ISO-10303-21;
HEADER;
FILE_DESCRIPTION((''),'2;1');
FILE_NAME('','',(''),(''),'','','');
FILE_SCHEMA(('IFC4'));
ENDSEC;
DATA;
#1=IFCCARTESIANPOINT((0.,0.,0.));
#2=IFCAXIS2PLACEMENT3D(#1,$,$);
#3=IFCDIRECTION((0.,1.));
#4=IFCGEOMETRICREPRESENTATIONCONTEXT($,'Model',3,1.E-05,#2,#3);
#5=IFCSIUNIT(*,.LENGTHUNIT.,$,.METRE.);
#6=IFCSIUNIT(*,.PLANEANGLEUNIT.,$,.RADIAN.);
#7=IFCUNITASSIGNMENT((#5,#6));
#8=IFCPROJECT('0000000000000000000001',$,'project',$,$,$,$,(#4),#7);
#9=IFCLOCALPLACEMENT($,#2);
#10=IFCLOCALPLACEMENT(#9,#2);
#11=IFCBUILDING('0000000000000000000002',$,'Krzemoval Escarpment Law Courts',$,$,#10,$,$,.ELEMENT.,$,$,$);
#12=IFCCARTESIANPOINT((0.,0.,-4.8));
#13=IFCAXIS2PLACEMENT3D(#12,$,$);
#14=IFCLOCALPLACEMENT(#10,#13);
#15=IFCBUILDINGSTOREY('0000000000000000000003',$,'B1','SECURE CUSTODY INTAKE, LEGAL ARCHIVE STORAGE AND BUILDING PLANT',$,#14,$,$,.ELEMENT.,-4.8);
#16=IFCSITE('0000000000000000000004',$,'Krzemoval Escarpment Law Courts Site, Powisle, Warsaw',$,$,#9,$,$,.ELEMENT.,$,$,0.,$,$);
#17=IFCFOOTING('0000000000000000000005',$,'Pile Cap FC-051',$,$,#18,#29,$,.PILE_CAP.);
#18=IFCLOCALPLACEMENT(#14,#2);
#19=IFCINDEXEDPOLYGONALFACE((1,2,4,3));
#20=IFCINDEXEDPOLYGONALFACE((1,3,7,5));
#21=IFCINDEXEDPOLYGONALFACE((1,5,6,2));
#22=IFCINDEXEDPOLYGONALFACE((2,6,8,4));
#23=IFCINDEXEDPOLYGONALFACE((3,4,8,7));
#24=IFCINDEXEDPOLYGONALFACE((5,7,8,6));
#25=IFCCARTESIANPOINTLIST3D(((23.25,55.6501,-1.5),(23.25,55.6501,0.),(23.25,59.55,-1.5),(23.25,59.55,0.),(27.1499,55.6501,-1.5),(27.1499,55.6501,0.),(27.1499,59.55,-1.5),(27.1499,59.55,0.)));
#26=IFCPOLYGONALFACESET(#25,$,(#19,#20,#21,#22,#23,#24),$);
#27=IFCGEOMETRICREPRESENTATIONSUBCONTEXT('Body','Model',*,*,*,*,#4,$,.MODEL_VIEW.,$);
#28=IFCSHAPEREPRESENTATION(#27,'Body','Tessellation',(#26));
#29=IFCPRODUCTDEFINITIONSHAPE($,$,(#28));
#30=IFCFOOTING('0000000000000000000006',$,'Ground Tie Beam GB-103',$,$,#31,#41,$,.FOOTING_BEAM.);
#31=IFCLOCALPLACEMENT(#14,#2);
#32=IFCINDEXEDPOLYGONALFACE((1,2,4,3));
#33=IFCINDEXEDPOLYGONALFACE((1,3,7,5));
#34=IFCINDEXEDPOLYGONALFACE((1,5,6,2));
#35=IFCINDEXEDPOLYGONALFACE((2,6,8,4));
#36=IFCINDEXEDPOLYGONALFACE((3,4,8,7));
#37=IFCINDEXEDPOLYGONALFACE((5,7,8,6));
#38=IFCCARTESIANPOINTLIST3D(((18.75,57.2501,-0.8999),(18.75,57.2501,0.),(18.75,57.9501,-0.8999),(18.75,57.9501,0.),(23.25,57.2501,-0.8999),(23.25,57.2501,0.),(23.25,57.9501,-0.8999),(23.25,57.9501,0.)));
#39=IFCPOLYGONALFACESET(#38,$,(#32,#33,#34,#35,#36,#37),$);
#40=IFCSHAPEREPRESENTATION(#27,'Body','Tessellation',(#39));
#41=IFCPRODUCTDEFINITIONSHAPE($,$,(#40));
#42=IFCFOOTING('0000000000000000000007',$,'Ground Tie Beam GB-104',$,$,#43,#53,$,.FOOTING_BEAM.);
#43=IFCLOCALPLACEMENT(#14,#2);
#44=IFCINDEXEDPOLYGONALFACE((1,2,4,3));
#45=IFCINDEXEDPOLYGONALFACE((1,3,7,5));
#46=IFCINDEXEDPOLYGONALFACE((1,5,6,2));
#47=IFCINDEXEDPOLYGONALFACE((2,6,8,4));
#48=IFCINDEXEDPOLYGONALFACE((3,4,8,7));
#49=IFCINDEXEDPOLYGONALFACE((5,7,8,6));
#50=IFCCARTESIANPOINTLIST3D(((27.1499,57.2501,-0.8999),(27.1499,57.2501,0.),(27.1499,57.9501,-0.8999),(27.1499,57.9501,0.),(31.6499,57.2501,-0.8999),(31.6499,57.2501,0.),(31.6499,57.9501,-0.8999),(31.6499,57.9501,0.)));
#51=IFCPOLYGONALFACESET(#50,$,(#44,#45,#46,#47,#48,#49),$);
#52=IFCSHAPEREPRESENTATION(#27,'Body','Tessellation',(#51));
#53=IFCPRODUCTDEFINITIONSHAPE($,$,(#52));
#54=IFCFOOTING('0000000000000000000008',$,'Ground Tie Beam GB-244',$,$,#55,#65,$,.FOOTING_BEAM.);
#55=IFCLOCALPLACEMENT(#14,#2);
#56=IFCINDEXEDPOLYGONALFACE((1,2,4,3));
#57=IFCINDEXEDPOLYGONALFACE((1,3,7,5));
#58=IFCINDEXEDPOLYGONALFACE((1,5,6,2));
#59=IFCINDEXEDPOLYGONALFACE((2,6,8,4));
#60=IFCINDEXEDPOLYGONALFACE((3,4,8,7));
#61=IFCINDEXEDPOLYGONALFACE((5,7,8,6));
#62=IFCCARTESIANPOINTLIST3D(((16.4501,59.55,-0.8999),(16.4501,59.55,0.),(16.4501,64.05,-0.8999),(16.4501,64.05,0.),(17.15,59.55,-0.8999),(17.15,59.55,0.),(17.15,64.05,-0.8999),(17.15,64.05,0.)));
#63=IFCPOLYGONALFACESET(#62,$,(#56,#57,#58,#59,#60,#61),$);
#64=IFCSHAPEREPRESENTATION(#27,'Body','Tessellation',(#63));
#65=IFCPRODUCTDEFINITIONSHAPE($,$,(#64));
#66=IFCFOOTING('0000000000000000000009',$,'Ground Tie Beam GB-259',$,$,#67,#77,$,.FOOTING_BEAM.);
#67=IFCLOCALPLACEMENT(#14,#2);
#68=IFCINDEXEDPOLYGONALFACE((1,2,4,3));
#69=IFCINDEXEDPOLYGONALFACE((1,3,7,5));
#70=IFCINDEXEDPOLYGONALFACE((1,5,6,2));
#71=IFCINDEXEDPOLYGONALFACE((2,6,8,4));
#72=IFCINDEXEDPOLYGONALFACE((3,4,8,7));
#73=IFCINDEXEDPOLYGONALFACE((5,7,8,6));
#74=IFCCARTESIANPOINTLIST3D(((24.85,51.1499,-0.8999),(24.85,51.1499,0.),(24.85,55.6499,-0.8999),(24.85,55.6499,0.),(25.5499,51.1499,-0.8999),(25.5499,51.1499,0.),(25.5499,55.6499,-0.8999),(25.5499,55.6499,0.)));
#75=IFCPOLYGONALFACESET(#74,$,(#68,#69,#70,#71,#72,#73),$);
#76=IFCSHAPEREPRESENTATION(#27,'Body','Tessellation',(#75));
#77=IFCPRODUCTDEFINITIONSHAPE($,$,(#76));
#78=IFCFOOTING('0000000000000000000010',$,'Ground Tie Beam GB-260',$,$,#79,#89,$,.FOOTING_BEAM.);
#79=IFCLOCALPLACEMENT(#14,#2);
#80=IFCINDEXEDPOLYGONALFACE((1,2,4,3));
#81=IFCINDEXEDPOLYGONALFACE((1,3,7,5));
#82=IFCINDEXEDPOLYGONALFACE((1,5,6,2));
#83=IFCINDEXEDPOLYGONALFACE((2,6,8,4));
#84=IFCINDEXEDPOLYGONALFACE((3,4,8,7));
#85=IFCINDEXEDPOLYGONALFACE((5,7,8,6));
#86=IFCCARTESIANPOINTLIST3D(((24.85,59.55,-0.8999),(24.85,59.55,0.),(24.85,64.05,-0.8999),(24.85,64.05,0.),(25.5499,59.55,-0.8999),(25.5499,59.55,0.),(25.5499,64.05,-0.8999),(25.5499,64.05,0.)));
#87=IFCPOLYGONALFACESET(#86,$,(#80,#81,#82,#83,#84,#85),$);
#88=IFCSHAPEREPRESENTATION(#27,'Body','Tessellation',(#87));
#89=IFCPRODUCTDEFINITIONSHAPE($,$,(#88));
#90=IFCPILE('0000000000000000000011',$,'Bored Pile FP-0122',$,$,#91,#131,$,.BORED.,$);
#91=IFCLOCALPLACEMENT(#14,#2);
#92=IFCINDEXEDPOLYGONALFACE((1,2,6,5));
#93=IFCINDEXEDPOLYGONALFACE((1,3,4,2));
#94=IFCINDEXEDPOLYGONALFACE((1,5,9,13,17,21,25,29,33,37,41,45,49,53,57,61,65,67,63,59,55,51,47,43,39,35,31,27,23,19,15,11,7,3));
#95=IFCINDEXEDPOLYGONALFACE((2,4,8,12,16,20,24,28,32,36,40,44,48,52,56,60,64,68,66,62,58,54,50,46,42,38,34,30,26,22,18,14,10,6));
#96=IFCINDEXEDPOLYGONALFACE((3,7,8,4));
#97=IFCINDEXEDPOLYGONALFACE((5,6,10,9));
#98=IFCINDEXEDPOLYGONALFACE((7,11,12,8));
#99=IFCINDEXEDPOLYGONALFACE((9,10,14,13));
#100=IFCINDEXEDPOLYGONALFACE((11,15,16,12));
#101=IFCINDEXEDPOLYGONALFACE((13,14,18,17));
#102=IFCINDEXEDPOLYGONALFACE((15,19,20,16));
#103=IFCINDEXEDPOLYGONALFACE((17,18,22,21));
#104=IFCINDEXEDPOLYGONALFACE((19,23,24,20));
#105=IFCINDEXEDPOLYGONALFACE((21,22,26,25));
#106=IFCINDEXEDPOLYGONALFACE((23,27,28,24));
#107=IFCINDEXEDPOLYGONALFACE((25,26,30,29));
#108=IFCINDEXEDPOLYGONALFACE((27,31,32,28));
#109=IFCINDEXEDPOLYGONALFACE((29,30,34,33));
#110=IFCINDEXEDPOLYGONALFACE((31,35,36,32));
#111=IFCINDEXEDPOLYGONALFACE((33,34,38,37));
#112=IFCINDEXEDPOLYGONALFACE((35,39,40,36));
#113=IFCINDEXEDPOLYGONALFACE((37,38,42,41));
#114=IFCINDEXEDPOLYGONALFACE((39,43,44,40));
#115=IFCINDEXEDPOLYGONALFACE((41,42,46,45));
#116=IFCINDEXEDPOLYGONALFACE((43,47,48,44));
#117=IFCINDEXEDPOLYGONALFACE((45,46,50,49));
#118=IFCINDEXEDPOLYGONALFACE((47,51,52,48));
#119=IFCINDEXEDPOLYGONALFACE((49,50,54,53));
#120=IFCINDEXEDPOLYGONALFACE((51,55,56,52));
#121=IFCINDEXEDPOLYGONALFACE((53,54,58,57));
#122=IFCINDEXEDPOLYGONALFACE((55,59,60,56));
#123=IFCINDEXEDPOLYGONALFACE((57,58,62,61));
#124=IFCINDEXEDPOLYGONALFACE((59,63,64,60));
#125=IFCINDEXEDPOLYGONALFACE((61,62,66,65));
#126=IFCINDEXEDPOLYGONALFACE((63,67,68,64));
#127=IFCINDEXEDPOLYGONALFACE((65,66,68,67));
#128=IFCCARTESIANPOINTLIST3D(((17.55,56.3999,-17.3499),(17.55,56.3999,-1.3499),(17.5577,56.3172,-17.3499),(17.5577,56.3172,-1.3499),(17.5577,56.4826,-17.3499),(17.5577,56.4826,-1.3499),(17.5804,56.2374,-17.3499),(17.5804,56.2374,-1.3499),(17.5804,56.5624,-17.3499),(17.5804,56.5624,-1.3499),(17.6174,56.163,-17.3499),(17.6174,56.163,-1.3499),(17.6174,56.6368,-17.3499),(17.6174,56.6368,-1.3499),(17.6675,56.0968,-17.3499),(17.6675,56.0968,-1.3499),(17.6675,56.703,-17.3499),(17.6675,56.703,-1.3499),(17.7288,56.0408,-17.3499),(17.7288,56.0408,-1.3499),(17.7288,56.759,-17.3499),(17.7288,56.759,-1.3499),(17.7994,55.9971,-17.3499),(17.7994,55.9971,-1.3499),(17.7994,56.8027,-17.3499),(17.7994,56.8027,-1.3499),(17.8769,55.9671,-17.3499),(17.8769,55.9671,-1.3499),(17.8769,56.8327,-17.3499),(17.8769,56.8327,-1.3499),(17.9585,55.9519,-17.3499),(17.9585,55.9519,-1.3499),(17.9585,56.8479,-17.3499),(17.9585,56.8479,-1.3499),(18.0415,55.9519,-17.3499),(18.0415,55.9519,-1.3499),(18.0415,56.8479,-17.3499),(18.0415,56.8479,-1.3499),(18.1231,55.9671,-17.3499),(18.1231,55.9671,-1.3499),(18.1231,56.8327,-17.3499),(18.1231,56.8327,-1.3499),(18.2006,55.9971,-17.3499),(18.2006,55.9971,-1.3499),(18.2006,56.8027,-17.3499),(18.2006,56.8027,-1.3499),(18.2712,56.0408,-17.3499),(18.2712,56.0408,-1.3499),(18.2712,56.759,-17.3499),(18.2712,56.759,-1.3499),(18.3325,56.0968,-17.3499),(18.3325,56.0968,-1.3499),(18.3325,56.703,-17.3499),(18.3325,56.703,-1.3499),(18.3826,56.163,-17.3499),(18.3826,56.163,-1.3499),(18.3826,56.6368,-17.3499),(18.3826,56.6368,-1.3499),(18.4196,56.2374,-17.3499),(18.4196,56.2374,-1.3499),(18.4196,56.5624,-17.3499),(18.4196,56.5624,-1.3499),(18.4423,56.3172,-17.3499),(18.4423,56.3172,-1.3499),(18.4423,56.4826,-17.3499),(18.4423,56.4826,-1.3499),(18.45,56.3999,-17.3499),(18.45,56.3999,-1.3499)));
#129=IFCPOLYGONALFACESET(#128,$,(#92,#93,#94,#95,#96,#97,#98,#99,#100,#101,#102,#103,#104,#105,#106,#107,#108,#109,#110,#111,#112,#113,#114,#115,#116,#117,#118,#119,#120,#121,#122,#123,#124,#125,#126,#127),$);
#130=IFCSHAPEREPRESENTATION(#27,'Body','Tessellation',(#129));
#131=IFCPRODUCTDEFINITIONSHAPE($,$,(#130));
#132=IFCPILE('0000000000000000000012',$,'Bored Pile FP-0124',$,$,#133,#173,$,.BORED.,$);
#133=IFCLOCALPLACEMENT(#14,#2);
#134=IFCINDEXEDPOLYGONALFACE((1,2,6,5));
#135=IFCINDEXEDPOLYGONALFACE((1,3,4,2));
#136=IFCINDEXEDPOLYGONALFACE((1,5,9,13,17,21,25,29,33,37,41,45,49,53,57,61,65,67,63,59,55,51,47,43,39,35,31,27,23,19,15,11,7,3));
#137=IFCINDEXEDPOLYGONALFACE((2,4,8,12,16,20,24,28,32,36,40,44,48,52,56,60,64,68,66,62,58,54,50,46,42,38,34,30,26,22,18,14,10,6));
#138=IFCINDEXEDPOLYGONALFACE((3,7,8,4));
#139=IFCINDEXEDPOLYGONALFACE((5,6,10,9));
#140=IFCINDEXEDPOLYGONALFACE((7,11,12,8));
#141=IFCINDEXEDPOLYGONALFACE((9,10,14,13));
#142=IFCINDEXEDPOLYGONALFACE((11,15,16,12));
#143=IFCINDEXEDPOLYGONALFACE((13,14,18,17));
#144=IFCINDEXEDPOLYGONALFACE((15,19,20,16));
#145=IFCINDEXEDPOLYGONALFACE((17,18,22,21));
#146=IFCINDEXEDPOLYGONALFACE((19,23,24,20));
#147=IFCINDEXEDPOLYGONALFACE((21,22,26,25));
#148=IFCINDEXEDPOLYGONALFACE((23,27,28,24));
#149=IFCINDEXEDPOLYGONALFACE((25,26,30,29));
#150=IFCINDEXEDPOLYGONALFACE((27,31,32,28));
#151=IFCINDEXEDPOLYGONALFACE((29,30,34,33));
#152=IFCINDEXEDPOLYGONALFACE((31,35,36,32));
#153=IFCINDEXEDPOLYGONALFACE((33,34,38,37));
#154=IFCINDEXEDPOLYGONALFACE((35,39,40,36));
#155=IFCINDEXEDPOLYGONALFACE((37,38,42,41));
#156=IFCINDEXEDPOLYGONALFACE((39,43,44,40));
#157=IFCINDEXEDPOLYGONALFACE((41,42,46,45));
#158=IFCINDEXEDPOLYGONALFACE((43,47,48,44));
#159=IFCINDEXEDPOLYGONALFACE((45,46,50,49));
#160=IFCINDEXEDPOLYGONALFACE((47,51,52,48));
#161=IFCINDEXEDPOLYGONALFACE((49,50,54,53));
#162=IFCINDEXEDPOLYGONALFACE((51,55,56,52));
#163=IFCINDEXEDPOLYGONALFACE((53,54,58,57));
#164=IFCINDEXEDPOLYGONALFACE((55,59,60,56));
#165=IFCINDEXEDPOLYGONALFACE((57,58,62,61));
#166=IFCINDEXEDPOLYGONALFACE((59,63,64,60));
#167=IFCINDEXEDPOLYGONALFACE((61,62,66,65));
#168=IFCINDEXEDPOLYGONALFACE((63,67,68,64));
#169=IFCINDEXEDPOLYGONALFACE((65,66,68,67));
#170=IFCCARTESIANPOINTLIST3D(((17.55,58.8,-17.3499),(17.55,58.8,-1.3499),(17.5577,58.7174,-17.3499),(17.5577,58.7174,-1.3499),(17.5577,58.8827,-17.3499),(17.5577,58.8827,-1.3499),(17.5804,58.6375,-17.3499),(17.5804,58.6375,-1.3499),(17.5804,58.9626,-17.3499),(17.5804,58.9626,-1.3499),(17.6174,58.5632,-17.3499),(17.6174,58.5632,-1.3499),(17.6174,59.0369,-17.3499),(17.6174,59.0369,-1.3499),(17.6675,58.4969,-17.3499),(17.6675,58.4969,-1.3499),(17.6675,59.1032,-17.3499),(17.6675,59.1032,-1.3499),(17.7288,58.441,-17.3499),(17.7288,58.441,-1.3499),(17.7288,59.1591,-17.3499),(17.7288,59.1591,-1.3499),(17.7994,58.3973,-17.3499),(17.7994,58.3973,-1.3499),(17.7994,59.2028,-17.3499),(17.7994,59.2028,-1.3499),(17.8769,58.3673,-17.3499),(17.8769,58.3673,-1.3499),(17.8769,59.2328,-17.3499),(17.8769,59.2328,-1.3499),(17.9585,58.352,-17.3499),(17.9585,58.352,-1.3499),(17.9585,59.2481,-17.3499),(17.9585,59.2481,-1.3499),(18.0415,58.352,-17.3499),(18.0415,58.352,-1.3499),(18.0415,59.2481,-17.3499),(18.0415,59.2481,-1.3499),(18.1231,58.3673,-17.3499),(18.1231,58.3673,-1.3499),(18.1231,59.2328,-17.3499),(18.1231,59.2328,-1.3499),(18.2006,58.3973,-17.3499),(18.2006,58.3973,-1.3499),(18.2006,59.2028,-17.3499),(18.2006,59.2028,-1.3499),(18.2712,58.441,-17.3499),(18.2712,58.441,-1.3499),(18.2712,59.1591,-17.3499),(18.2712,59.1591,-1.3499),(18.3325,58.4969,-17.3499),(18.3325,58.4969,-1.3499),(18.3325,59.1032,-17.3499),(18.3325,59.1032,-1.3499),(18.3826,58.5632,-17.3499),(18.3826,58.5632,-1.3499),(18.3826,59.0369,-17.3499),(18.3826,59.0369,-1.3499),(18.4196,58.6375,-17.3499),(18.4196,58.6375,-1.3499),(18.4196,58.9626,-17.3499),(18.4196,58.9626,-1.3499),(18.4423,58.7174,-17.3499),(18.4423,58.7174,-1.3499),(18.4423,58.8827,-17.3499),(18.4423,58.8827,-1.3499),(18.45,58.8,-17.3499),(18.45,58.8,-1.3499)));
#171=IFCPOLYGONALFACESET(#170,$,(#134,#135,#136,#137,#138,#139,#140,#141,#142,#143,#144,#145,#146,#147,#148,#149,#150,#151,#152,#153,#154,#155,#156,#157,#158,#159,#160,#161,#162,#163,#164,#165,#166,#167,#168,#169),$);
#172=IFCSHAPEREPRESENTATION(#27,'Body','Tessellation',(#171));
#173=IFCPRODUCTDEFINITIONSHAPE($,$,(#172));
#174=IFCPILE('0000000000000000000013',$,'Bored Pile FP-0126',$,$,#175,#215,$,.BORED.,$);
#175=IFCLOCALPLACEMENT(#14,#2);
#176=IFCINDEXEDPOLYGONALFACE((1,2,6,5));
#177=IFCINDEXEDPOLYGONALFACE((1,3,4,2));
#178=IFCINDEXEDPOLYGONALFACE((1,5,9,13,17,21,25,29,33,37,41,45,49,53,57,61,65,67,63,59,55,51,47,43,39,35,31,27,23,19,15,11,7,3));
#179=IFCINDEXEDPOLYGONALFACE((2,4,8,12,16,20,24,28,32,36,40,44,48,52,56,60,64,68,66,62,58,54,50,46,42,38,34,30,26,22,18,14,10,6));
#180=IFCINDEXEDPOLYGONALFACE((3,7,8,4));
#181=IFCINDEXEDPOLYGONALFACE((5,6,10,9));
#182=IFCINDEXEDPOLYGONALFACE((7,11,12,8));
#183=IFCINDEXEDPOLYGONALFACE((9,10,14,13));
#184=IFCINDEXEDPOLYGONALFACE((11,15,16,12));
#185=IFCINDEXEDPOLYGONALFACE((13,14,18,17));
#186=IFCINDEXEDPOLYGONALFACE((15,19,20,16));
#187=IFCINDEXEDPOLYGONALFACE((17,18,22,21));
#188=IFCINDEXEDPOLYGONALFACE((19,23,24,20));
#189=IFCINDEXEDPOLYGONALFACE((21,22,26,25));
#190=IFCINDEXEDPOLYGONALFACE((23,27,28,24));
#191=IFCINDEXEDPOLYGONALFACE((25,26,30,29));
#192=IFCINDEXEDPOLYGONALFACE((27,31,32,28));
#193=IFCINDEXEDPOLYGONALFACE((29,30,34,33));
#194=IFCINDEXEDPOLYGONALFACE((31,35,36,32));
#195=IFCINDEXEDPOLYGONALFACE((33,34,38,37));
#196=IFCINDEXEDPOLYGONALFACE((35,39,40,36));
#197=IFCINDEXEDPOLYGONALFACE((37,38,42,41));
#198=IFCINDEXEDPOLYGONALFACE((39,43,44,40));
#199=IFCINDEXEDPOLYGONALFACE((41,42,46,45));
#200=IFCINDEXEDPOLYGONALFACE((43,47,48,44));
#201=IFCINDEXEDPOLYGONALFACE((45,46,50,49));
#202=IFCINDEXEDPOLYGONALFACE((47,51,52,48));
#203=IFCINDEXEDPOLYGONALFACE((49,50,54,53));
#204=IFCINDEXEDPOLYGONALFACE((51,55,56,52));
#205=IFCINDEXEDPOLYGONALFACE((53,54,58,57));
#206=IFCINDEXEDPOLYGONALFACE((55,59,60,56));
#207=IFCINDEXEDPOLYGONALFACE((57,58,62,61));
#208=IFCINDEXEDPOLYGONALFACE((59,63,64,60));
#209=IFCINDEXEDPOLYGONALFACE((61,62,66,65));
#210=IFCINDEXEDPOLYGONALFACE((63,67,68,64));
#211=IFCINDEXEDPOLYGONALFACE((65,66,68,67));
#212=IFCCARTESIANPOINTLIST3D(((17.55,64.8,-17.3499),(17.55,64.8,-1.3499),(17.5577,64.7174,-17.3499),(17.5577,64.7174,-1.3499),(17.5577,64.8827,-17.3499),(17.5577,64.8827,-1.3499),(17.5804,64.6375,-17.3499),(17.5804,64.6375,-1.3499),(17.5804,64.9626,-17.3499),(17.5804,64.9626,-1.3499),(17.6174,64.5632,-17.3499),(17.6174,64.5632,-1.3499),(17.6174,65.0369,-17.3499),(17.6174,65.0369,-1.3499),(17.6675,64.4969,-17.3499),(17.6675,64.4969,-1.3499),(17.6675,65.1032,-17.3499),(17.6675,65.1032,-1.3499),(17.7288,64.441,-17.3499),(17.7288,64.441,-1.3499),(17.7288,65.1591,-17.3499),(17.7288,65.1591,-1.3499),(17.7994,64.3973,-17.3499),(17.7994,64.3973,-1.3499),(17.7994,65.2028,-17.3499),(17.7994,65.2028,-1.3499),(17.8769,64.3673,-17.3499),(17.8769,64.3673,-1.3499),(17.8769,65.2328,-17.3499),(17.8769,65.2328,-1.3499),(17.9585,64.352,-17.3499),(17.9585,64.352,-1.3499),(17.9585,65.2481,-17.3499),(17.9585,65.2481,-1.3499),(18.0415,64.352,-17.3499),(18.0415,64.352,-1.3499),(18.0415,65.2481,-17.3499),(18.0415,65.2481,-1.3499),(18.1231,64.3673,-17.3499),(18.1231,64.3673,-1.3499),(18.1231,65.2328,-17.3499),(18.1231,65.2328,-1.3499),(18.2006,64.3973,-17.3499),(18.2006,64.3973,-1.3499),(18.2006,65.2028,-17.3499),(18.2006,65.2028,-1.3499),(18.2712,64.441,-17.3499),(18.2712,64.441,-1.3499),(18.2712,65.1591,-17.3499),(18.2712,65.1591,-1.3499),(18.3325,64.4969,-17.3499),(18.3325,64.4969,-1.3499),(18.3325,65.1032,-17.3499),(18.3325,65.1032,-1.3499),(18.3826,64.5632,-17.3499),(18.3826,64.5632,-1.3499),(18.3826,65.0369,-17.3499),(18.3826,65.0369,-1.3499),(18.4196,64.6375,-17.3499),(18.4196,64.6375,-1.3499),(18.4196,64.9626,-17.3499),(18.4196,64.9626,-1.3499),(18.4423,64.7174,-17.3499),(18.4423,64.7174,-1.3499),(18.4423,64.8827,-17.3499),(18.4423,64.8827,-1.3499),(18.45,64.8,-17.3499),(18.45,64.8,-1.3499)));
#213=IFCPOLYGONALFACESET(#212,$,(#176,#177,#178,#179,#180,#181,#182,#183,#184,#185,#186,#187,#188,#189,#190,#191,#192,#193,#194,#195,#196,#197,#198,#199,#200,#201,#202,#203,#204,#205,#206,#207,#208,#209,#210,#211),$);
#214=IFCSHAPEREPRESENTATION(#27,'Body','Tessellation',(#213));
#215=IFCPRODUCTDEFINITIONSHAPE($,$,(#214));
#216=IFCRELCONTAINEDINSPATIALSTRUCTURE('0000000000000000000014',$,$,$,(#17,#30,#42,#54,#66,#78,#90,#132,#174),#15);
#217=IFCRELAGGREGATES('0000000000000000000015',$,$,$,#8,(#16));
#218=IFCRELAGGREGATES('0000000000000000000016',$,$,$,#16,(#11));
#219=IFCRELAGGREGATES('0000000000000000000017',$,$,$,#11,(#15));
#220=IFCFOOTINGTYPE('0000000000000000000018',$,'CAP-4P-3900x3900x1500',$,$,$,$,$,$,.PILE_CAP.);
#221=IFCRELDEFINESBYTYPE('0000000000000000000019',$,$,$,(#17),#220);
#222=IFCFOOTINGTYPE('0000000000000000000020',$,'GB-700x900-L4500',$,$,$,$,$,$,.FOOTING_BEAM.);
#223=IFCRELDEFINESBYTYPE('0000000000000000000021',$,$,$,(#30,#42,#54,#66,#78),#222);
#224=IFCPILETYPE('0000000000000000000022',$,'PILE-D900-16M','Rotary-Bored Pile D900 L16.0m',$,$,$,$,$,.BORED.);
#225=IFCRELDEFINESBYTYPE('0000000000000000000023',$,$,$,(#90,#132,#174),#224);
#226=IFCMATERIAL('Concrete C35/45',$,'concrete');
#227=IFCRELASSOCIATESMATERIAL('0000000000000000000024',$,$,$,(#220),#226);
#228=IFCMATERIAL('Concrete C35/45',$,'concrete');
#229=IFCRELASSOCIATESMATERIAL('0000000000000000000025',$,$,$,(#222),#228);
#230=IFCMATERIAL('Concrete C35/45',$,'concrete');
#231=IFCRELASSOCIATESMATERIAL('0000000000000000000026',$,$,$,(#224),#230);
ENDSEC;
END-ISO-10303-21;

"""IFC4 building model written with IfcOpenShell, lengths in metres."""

from ifc_helpers import new_model, si_unit, direction, frame, origin, origin_2d, place, context, subcontext, project, spatial, rectangle, circle, extrude, material, material_profile, profile_set, type_object, element, save


model = new_model("IFC4")

# Units and contexts
model_context = context("Model", 3, precision=1e-05, world=origin(), true_north=direction((0.0, 1.0)))
body_context = subcontext(model_context, "Body", "Model", "MODEL_VIEW")
ifc_project = project(units=[si_unit("LENGTHUNIT", "METRE"), si_unit("PLANEANGLEUNIT", "RADIAN")], contexts=[model_context])

# Site, building, storey
site_placement = place(None, origin())
site = spatial("IfcSite", under=ifc_project, at=site_placement, Name="Krzemoval Escarpment Law Courts Site, Powisle, Warsaw", CompositionType="ELEMENT", RefElevation=0.0)
building_placement = place(site_placement, origin())
building = spatial("IfcBuilding", under=site, at=building_placement, Name="Krzemoval Escarpment Law Courts", CompositionType="ELEMENT")
storey_placement = place(building_placement, frame((0.0, 0.0, -4.8)))
storey = spatial("IfcBuildingStorey", under=building, at=storey_placement, Name="B1", Description="SECURE CUSTODY INTAKE, LEGAL ARCHIVE STORAGE AND BUILDING PLANT", CompositionType="ELEMENT", Elevation=-4.8)

# Footings
ifc_material_1 = material(Name="Concrete C35/45", Category="concrete")
footing_type_1 = type_object("IfcFootingType", Name="CAP-4P-3900x3900x1500", PredefinedType="PILE_CAP", material=ifc_material_1)
footing_placement = place(storey_placement, frame((25.2, 57.6001, -1.5), z_axis=(0.0, 0.0, 1.0), x_axis=(1.0, 0.0, 0.0)))
element("IfcFooting", 1, at=footing_placement, inside=storey, type_object=footing_type_1, Name="Pile Cap FC-051", PredefinedType="PILE_CAP", context=body_context, shape_type="SweptSolid", body=[
    extrude(rectangle(XDim=3.8999, YDim=3.8999, at=origin_2d()), origin(), (0.0, 0.0, 1.0), 1.5),
])
ifc_material_2 = material(Name="Concrete C35/45", Category="concrete")
footing_type_2 = type_object("IfcFootingType", Name="GB-700x900-L4500", PredefinedType="FOOTING_BEAM", material=ifc_material_2)
for number, where, z_axis, x_axis, name in (
    (2, (21.0, 57.6001, -0.8999), (0.0, 0.0, 1.0), (1.0, 0.0, 0.0), "Ground Tie Beam GB-103"),
    (3, (29.3999, 57.6001, -0.8999), (0.0, 0.0, 1.0), (1.0, 0.0, 0.0), "Ground Tie Beam GB-104"),
    (4, (16.8, 61.8, -0.8999), (0.0, 0.0, 1.0), (0.0, 1.0, 0.0), "Ground Tie Beam GB-244"),
    (5, (25.2, 53.3999, -0.8999), (0.0, 0.0, 1.0), (0.0, 1.0, 0.0), "Ground Tie Beam GB-259"),
    (6, (25.2, 61.8, -0.8999), (0.0, 0.0, 1.0), (0.0, 1.0, 0.0), "Ground Tie Beam GB-260"),
):
    element("IfcFooting", number, at=place(storey_placement, frame(where, z_axis=z_axis, x_axis=x_axis)), inside=storey, type_object=footing_type_2, Name=name, PredefinedType="FOOTING_BEAM", context=body_context, shape_type="SweptSolid", body=[
        extrude(rectangle(XDim=4.5, YDim=0.7, at=origin_2d()), origin(), (0.0, 0.0, 1.0), 0.8999),
    ])

# Piles
ifc_material_3 = material(Name="Concrete C35/45", Category="concrete")
ifc_material_profile_1 = material_profile(ifc_material_3, circle(Radius=0.45, at=origin_2d()), Name="PILE D900")
ifc_profile_set_1 = profile_set([ifc_material_profile_1], Name="Concrete C35/45")
pile_type = type_object("IfcPileType", Name="PILE-D900-16M", Description="Rotary-Bored Pile D900 L16.0m", PredefinedType="BORED", material=ifc_profile_set_1)
for number, where, z_axis, x_axis, name in (
    (7, (18.0, 56.3999, -1.3499), (0.0, 0.0, -1.0), (1.0, 0.0, 0.0), "Bored Pile FP-0122"),
    (8, (18.0, 58.8, -1.3499), (0.0, 0.0, -1.0), (1.0, 0.0, 0.0), "Bored Pile FP-0124"),
    (9, (18.0, 64.8, -1.3499), (0.0, 0.0, -1.0), (1.0, 0.0, 0.0), "Bored Pile FP-0126"),
):
    element("IfcPile", number, at=place(storey_placement, frame(where, z_axis=z_axis, x_axis=x_axis)), inside=storey, type_object=pile_type, Name=name, PredefinedType="BORED", context=body_context, shape_type="SweptSolid", body=[
        extrude(circle(Radius=0.45, at=origin_2d()), origin(), (0.0, 0.0, 1.0), 16.0),
    ])

save(model, "model.ifc")
